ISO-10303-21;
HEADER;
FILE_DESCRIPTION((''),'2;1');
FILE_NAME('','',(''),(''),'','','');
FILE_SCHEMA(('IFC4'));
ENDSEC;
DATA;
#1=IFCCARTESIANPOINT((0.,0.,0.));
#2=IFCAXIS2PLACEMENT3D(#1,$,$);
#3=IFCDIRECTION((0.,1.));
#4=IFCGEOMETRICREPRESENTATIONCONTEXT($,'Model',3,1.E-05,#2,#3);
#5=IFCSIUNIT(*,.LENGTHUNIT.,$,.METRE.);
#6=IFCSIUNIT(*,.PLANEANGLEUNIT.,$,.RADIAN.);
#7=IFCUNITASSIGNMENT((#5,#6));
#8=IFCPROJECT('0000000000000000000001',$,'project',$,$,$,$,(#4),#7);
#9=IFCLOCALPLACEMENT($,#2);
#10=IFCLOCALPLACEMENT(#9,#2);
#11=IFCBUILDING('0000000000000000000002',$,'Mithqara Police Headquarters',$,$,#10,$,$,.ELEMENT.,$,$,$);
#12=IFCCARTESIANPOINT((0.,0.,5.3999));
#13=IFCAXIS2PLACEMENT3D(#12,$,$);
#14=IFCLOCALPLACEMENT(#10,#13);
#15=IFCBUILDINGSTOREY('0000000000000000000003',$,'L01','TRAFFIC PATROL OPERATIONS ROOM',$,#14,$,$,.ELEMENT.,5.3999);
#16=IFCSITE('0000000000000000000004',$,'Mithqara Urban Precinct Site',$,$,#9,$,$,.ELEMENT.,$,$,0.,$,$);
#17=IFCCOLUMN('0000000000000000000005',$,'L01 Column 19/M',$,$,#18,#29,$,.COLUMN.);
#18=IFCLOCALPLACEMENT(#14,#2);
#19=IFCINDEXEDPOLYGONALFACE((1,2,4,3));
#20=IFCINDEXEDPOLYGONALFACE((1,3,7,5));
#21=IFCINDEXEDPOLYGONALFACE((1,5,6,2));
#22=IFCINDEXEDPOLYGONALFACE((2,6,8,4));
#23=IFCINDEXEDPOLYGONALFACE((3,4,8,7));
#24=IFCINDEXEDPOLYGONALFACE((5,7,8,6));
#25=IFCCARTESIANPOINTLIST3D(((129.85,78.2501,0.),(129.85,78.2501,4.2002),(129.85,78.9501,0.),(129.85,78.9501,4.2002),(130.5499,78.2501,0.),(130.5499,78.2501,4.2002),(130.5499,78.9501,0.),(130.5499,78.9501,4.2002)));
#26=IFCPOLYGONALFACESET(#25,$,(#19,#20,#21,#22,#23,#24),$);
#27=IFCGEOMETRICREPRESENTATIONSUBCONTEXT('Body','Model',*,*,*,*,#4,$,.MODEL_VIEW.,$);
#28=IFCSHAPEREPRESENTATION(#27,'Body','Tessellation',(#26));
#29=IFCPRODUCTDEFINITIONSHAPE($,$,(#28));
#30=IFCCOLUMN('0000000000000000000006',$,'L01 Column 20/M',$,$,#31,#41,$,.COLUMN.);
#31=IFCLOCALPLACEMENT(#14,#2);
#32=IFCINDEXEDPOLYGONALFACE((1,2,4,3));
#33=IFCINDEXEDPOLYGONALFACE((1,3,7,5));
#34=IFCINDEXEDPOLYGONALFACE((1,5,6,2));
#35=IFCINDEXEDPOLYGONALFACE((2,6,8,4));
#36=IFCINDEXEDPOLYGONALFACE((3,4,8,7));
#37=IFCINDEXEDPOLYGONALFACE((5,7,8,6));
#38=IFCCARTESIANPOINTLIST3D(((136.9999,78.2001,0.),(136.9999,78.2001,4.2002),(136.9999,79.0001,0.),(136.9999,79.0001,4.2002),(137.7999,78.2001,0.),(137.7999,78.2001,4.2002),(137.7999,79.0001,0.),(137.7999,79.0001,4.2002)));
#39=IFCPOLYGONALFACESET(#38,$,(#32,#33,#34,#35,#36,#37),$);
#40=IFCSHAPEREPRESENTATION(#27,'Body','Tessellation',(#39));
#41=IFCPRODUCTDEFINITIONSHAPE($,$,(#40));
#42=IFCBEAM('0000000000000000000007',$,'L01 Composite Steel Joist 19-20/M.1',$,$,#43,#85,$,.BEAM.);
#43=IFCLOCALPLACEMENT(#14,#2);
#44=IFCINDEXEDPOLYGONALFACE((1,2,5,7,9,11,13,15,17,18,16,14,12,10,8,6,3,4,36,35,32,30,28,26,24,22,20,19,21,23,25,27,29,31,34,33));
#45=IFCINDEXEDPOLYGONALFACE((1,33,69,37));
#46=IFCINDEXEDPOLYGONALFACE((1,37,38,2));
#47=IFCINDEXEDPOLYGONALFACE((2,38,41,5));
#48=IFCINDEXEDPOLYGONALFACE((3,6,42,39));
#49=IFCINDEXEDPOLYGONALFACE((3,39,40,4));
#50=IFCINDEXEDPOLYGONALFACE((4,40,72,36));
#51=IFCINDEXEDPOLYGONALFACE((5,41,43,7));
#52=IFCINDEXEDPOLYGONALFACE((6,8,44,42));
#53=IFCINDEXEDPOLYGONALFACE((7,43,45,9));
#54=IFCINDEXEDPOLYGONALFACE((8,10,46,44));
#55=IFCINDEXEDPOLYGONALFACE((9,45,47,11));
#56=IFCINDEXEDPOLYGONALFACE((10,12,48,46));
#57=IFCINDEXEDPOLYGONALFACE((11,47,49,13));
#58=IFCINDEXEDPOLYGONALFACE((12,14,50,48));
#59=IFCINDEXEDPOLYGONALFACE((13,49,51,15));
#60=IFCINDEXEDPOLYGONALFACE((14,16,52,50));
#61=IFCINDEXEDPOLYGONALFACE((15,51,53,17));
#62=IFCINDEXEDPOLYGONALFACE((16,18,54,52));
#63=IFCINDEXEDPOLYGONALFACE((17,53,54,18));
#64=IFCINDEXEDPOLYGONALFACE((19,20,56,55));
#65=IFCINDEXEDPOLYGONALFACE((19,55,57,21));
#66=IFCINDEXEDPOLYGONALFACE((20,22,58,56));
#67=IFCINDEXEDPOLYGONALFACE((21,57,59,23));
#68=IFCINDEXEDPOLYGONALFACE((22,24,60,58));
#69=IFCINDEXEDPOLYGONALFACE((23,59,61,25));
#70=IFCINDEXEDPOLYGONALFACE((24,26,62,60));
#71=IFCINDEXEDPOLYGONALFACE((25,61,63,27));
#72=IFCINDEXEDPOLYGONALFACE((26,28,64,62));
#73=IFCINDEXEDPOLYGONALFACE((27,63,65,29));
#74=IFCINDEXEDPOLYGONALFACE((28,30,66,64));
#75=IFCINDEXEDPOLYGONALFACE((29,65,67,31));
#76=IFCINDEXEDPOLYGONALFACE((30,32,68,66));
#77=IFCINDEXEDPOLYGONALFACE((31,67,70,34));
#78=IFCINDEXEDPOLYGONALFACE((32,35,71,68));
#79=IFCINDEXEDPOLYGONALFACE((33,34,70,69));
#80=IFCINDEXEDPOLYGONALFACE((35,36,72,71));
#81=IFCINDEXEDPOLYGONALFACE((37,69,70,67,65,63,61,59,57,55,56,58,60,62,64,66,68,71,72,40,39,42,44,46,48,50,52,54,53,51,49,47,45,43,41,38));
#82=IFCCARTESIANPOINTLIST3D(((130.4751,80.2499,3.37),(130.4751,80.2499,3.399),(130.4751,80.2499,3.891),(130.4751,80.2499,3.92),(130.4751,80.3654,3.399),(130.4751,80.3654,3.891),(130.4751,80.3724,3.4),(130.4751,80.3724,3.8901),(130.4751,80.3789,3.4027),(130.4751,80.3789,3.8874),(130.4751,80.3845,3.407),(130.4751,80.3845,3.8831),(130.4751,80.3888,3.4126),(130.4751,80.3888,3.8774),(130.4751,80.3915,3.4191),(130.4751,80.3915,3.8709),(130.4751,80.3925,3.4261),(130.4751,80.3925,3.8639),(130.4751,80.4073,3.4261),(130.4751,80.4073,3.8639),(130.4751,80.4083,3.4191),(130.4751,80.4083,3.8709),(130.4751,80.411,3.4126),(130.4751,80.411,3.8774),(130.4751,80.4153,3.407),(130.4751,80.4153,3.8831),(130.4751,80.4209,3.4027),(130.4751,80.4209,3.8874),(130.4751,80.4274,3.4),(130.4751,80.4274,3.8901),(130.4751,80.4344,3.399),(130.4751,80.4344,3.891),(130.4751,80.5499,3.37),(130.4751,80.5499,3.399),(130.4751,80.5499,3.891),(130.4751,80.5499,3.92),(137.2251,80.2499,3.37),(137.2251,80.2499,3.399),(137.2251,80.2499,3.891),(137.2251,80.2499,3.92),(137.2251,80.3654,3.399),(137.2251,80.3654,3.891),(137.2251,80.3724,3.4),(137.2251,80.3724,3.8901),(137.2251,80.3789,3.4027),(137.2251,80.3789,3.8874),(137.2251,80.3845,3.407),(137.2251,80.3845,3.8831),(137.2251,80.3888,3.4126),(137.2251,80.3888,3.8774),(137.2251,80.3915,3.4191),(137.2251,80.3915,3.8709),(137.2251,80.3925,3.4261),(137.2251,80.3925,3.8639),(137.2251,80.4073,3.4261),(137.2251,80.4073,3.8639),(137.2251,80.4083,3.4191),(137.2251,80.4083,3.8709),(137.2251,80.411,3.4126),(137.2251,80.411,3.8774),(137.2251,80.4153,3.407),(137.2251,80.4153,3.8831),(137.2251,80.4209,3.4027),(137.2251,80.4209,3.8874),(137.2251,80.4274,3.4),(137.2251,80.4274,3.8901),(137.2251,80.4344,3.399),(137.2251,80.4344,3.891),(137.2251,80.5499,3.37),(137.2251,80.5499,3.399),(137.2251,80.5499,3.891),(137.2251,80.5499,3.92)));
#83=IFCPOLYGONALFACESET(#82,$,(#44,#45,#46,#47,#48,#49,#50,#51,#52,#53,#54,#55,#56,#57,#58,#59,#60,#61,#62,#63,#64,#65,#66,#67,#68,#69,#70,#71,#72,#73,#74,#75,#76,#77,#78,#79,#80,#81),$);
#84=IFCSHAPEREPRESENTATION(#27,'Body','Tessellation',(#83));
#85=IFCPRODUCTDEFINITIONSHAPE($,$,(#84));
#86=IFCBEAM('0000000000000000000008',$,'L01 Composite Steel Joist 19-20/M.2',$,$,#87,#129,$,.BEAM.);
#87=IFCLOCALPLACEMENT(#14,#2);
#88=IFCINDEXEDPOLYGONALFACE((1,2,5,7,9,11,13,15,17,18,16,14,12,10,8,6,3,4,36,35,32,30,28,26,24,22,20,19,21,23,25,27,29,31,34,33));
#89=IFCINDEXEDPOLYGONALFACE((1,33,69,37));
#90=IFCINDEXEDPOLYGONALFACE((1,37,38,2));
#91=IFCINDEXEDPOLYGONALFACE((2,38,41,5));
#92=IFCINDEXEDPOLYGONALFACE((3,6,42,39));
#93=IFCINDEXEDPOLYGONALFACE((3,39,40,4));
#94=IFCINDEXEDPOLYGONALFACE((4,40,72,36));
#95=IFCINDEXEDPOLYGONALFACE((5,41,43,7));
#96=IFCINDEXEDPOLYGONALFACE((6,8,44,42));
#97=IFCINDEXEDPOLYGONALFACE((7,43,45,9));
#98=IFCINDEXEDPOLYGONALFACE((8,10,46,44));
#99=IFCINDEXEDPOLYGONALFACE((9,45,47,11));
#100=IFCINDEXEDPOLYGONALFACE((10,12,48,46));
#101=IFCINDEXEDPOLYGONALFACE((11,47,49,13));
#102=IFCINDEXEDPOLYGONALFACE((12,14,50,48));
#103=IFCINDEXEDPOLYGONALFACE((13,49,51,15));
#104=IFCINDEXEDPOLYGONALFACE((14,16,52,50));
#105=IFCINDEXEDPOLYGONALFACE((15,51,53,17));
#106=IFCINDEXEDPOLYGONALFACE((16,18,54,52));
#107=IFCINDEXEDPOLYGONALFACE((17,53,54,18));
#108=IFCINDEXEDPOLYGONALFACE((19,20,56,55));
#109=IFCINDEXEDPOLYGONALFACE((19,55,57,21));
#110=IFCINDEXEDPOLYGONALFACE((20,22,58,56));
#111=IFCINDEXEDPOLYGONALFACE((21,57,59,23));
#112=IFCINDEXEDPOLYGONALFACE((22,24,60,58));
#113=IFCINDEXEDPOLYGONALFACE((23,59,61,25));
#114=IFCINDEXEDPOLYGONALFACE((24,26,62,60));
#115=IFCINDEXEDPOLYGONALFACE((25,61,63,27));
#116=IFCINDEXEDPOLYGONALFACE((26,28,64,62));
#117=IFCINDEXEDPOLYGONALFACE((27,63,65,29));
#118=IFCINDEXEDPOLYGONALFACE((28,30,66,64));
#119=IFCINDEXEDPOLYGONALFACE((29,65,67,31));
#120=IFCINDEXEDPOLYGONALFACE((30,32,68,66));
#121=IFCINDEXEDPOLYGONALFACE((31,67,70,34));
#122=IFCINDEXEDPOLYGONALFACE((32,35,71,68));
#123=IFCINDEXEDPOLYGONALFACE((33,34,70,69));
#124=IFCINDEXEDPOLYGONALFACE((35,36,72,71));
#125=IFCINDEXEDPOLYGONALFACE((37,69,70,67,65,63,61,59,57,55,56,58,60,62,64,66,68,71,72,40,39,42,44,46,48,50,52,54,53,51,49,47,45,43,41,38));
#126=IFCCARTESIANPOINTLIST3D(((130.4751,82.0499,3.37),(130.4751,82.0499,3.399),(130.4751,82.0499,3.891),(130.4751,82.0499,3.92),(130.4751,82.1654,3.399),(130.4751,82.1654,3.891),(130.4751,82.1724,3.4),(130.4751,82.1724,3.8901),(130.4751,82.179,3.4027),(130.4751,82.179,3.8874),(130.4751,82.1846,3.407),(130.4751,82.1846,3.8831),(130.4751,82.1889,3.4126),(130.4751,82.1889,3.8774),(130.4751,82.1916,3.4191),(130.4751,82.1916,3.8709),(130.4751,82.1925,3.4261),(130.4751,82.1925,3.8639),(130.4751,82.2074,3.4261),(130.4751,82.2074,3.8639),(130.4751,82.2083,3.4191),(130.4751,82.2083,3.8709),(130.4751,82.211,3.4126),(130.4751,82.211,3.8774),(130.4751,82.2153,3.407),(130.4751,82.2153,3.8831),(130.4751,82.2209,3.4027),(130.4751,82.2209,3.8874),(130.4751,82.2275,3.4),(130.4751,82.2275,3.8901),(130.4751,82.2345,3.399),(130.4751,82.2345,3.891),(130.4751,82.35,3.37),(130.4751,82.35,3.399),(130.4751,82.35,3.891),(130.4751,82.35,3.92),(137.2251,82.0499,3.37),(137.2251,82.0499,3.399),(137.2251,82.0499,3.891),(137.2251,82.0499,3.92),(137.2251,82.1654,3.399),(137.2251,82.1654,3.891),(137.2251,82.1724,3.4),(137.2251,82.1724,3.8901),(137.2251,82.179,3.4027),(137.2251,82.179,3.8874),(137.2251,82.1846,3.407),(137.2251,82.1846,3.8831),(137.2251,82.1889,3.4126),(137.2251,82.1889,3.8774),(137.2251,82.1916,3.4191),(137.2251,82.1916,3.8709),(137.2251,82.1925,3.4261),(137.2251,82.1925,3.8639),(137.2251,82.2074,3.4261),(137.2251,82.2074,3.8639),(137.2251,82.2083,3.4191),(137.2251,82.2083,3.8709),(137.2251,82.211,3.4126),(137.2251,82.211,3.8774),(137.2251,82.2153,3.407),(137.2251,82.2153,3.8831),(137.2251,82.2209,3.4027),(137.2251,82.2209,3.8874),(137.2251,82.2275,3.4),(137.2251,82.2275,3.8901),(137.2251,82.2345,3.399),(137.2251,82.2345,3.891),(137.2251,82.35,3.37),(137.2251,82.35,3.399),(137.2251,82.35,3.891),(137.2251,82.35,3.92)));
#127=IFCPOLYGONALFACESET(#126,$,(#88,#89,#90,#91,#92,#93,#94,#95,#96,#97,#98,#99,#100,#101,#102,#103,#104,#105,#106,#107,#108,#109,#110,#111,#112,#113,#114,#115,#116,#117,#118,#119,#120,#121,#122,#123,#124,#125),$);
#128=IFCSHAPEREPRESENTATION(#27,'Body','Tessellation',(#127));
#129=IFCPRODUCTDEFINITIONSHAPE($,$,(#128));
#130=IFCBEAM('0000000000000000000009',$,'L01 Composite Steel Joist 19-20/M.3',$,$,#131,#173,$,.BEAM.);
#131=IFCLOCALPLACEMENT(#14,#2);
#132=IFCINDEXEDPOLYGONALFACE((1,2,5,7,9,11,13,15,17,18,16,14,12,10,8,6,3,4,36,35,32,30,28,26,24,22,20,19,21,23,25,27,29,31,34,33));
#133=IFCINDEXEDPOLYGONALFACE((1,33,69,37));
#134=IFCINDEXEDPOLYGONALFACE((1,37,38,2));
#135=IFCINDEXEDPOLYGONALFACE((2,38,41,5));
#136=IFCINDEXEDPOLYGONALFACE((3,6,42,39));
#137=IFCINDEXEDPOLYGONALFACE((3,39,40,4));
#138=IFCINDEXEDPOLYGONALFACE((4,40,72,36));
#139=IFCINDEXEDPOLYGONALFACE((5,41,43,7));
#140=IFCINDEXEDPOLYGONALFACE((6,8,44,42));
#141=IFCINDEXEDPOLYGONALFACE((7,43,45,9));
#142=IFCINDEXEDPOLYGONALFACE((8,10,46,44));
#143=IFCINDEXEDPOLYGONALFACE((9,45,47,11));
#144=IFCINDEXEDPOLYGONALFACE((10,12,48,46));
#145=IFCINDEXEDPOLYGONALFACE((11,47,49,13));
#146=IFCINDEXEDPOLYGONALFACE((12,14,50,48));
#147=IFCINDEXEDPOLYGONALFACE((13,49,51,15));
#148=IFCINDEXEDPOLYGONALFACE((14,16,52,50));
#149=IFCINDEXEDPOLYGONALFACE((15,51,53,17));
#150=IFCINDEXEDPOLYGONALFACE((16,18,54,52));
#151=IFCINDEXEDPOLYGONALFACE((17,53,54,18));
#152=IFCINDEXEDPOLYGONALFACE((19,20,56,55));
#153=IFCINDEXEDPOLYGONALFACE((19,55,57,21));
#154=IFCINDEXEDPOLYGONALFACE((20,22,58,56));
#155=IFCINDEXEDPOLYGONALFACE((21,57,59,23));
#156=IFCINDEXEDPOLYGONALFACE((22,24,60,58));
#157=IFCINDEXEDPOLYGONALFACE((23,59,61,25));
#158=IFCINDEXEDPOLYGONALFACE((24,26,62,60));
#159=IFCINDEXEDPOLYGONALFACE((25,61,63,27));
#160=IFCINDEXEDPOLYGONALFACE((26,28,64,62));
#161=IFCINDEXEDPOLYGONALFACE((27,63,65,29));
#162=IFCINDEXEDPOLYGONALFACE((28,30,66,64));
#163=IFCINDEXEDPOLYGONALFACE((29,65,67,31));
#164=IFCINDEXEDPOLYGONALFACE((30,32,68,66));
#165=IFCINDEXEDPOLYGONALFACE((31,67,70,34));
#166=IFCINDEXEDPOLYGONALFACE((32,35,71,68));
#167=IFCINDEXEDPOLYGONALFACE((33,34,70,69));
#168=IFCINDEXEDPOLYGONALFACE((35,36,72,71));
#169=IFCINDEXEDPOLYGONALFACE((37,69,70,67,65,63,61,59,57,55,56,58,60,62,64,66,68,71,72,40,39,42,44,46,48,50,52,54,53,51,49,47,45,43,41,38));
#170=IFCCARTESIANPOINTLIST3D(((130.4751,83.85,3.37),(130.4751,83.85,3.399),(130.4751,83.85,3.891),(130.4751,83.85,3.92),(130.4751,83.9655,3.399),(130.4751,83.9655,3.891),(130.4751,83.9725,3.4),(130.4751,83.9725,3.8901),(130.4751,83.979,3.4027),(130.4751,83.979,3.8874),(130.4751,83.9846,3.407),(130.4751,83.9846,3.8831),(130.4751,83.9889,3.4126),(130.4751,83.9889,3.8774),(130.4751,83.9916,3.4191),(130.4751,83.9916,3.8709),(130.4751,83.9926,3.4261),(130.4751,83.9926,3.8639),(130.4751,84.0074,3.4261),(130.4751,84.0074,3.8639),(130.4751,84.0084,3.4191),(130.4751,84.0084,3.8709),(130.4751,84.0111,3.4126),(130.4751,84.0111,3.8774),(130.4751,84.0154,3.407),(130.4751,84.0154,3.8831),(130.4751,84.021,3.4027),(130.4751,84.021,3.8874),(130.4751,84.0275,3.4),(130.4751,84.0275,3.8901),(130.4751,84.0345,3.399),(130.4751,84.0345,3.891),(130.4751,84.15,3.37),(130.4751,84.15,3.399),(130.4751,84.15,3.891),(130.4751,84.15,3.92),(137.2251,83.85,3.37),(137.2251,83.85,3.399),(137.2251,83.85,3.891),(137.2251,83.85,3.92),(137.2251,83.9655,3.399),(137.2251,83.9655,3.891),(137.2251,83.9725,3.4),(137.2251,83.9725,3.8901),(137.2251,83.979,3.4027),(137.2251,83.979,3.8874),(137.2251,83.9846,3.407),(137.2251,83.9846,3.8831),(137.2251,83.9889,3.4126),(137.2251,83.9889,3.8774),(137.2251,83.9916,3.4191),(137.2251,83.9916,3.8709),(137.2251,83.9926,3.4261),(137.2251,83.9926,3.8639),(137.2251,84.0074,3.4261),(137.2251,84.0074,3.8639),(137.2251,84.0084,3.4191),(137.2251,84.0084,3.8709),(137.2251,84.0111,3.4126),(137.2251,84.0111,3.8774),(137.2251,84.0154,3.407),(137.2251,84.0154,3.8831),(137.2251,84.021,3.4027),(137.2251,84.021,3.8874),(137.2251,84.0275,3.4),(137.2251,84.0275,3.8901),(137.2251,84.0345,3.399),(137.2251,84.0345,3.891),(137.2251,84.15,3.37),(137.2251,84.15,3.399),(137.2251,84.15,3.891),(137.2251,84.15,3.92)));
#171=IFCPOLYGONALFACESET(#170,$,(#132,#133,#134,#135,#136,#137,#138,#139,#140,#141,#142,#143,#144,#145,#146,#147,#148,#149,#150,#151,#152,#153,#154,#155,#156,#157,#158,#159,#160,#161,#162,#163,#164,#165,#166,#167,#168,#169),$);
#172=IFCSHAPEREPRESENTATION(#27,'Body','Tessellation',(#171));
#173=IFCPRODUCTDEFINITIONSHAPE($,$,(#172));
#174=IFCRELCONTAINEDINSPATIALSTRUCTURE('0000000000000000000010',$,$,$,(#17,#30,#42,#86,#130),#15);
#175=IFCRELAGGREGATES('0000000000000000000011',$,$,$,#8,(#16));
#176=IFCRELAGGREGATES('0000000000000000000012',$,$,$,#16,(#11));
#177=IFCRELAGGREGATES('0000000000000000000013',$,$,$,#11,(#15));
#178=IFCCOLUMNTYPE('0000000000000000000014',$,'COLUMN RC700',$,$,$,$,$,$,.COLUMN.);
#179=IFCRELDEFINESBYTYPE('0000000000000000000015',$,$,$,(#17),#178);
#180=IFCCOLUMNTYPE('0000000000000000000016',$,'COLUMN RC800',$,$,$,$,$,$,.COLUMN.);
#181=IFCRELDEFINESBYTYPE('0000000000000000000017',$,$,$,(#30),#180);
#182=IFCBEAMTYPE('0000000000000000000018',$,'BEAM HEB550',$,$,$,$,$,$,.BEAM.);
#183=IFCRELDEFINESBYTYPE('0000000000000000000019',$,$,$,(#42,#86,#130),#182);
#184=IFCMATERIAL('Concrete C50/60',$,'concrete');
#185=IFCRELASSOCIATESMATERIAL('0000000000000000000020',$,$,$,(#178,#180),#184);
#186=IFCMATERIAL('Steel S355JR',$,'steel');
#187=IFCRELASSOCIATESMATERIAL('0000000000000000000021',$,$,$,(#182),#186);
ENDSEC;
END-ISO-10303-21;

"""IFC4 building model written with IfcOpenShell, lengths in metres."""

from ifc_helpers import new_model, si_unit, direction, frame, origin, origin_2d, place, context, subcontext, project, spatial, rectangle, i_section, extrude, material, material_profile, profile_set, type_object, element, save


model = new_model("IFC4")

# Units and contexts
model_context = context("Model", 3, precision=1e-05, world=origin(), true_north=direction((0.0, 1.0)))
body_context = subcontext(model_context, "Body", "Model", "MODEL_VIEW")
ifc_project = project(units=[si_unit("LENGTHUNIT", "METRE"), si_unit("PLANEANGLEUNIT", "RADIAN")], contexts=[model_context])

# Site, building, storey
site_placement = place(None, origin())
site = spatial("IfcSite", under=ifc_project, at=site_placement, Name="Mithqara Urban Precinct Site", CompositionType="ELEMENT", RefElevation=0.0)
building_placement = place(site_placement, origin())
building = spatial("IfcBuilding", under=site, at=building_placement, Name="Mithqara Police Headquarters", CompositionType="ELEMENT")
storey_placement = place(building_placement, frame((0.0, 0.0, 5.3999)))
storey = spatial("IfcBuildingStorey", under=building, at=storey_placement, Name="L01", Description="TRAFFIC PATROL OPERATIONS ROOM", CompositionType="ELEMENT", Elevation=5.3999)

# Columns
ifc_material_1 = material(Name="Concrete C50/60", Category="concrete")
ifc_material_profile_1 = material_profile(ifc_material_1, rectangle(XDim=0.7, YDim=0.7, at=origin_2d()), Name="RC 700x700")
ifc_profile_set_1 = profile_set([ifc_material_profile_1], Name="Concrete C50/60")
column_type_1 = type_object("IfcColumnType", Name="COLUMN RC700", PredefinedType="COLUMN", material=ifc_profile_set_1)
column_1_placement = place(storey_placement, frame((130.2, 78.6001, 0.0), z_axis=(0.0, 0.0, 1.0), x_axis=(1.0, 0.0, 0.0)))
element("IfcColumn", 1, at=column_1_placement, inside=storey, type_object=column_type_1, Name="L01 Column 19/M", PredefinedType="COLUMN", context=body_context, shape_type="SweptSolid", body=[
    extrude(rectangle(XDim=0.7, YDim=0.7, at=origin_2d()), origin(), (0.0, 0.0, 1.0), 4.2002),
])
ifc_material_profile_2 = material_profile(ifc_material_1, rectangle(XDim=0.8, YDim=0.8, at=origin_2d()), Name="RC 800x800")
ifc_profile_set_2 = profile_set([ifc_material_profile_2], Name="Concrete C50/60")
column_type_2 = type_object("IfcColumnType", Name="COLUMN RC800", PredefinedType="COLUMN", material=ifc_profile_set_2)
column_2_placement = place(storey_placement, frame((137.3999, 78.6001, 0.0), z_axis=(0.0, 0.0, 1.0), x_axis=(1.0, 0.0, 0.0)))
element("IfcColumn", 2, at=column_2_placement, inside=storey, type_object=column_type_2, Name="L01 Column 20/M", PredefinedType="COLUMN", context=body_context, shape_type="SweptSolid", body=[
    extrude(rectangle(XDim=0.8, YDim=0.8, at=origin_2d()), origin(), (0.0, 0.0, 1.0), 4.2002),
])

# Beams
ifc_material_2 = material(Name="Steel S355JR", Category="steel")
ifc_material_profile_3 = material_profile(ifc_material_2, i_section(OverallWidth=0.3, OverallDepth=0.55, WebThickness=0.0149, FlangeThickness=0.0291, FilletRadius=0.0271, at=origin_2d()), Name="HEB 550")
ifc_profile_set_3 = profile_set([ifc_material_profile_3], Name="Steel S355JR")
beam_type_1 = type_object("IfcBeamType", Name="BEAM HEB550", PredefinedType="BEAM", material=ifc_profile_set_3)
for number, where, z_axis, x_axis, name in (
    (3, (130.4751, 80.3999, 3.645), (1.0, 0.0, 0.0), (0.0, 1.0, 0.0), "L01 Composite Steel Joist 19-20/M.1"),
    (4, (130.4751, 82.2, 3.645), (1.0, 0.0, 0.0), (0.0, 1.0, 0.0), "L01 Composite Steel Joist 19-20/M.2"),
    (5, (130.4751, 84.0, 3.645), (1.0, 0.0, 0.0), (0.0, 1.0, 0.0), "L01 Composite Steel Joist 19-20/M.3"),
):
    element("IfcBeam", number, at=place(storey_placement, frame(where, z_axis=z_axis, x_axis=x_axis)), inside=storey, type_object=beam_type_1, Name=name, PredefinedType="BEAM", context=body_context, shape_type="SweptSolid", body=[
        extrude(i_section(OverallWidth=0.3, OverallDepth=0.55, WebThickness=0.0149, FlangeThickness=0.0291, FilletRadius=0.0271, at=origin_2d()), origin(), (0.0, 0.0, 1.0), 6.75),
    ])

save(model, "model.ifc")
